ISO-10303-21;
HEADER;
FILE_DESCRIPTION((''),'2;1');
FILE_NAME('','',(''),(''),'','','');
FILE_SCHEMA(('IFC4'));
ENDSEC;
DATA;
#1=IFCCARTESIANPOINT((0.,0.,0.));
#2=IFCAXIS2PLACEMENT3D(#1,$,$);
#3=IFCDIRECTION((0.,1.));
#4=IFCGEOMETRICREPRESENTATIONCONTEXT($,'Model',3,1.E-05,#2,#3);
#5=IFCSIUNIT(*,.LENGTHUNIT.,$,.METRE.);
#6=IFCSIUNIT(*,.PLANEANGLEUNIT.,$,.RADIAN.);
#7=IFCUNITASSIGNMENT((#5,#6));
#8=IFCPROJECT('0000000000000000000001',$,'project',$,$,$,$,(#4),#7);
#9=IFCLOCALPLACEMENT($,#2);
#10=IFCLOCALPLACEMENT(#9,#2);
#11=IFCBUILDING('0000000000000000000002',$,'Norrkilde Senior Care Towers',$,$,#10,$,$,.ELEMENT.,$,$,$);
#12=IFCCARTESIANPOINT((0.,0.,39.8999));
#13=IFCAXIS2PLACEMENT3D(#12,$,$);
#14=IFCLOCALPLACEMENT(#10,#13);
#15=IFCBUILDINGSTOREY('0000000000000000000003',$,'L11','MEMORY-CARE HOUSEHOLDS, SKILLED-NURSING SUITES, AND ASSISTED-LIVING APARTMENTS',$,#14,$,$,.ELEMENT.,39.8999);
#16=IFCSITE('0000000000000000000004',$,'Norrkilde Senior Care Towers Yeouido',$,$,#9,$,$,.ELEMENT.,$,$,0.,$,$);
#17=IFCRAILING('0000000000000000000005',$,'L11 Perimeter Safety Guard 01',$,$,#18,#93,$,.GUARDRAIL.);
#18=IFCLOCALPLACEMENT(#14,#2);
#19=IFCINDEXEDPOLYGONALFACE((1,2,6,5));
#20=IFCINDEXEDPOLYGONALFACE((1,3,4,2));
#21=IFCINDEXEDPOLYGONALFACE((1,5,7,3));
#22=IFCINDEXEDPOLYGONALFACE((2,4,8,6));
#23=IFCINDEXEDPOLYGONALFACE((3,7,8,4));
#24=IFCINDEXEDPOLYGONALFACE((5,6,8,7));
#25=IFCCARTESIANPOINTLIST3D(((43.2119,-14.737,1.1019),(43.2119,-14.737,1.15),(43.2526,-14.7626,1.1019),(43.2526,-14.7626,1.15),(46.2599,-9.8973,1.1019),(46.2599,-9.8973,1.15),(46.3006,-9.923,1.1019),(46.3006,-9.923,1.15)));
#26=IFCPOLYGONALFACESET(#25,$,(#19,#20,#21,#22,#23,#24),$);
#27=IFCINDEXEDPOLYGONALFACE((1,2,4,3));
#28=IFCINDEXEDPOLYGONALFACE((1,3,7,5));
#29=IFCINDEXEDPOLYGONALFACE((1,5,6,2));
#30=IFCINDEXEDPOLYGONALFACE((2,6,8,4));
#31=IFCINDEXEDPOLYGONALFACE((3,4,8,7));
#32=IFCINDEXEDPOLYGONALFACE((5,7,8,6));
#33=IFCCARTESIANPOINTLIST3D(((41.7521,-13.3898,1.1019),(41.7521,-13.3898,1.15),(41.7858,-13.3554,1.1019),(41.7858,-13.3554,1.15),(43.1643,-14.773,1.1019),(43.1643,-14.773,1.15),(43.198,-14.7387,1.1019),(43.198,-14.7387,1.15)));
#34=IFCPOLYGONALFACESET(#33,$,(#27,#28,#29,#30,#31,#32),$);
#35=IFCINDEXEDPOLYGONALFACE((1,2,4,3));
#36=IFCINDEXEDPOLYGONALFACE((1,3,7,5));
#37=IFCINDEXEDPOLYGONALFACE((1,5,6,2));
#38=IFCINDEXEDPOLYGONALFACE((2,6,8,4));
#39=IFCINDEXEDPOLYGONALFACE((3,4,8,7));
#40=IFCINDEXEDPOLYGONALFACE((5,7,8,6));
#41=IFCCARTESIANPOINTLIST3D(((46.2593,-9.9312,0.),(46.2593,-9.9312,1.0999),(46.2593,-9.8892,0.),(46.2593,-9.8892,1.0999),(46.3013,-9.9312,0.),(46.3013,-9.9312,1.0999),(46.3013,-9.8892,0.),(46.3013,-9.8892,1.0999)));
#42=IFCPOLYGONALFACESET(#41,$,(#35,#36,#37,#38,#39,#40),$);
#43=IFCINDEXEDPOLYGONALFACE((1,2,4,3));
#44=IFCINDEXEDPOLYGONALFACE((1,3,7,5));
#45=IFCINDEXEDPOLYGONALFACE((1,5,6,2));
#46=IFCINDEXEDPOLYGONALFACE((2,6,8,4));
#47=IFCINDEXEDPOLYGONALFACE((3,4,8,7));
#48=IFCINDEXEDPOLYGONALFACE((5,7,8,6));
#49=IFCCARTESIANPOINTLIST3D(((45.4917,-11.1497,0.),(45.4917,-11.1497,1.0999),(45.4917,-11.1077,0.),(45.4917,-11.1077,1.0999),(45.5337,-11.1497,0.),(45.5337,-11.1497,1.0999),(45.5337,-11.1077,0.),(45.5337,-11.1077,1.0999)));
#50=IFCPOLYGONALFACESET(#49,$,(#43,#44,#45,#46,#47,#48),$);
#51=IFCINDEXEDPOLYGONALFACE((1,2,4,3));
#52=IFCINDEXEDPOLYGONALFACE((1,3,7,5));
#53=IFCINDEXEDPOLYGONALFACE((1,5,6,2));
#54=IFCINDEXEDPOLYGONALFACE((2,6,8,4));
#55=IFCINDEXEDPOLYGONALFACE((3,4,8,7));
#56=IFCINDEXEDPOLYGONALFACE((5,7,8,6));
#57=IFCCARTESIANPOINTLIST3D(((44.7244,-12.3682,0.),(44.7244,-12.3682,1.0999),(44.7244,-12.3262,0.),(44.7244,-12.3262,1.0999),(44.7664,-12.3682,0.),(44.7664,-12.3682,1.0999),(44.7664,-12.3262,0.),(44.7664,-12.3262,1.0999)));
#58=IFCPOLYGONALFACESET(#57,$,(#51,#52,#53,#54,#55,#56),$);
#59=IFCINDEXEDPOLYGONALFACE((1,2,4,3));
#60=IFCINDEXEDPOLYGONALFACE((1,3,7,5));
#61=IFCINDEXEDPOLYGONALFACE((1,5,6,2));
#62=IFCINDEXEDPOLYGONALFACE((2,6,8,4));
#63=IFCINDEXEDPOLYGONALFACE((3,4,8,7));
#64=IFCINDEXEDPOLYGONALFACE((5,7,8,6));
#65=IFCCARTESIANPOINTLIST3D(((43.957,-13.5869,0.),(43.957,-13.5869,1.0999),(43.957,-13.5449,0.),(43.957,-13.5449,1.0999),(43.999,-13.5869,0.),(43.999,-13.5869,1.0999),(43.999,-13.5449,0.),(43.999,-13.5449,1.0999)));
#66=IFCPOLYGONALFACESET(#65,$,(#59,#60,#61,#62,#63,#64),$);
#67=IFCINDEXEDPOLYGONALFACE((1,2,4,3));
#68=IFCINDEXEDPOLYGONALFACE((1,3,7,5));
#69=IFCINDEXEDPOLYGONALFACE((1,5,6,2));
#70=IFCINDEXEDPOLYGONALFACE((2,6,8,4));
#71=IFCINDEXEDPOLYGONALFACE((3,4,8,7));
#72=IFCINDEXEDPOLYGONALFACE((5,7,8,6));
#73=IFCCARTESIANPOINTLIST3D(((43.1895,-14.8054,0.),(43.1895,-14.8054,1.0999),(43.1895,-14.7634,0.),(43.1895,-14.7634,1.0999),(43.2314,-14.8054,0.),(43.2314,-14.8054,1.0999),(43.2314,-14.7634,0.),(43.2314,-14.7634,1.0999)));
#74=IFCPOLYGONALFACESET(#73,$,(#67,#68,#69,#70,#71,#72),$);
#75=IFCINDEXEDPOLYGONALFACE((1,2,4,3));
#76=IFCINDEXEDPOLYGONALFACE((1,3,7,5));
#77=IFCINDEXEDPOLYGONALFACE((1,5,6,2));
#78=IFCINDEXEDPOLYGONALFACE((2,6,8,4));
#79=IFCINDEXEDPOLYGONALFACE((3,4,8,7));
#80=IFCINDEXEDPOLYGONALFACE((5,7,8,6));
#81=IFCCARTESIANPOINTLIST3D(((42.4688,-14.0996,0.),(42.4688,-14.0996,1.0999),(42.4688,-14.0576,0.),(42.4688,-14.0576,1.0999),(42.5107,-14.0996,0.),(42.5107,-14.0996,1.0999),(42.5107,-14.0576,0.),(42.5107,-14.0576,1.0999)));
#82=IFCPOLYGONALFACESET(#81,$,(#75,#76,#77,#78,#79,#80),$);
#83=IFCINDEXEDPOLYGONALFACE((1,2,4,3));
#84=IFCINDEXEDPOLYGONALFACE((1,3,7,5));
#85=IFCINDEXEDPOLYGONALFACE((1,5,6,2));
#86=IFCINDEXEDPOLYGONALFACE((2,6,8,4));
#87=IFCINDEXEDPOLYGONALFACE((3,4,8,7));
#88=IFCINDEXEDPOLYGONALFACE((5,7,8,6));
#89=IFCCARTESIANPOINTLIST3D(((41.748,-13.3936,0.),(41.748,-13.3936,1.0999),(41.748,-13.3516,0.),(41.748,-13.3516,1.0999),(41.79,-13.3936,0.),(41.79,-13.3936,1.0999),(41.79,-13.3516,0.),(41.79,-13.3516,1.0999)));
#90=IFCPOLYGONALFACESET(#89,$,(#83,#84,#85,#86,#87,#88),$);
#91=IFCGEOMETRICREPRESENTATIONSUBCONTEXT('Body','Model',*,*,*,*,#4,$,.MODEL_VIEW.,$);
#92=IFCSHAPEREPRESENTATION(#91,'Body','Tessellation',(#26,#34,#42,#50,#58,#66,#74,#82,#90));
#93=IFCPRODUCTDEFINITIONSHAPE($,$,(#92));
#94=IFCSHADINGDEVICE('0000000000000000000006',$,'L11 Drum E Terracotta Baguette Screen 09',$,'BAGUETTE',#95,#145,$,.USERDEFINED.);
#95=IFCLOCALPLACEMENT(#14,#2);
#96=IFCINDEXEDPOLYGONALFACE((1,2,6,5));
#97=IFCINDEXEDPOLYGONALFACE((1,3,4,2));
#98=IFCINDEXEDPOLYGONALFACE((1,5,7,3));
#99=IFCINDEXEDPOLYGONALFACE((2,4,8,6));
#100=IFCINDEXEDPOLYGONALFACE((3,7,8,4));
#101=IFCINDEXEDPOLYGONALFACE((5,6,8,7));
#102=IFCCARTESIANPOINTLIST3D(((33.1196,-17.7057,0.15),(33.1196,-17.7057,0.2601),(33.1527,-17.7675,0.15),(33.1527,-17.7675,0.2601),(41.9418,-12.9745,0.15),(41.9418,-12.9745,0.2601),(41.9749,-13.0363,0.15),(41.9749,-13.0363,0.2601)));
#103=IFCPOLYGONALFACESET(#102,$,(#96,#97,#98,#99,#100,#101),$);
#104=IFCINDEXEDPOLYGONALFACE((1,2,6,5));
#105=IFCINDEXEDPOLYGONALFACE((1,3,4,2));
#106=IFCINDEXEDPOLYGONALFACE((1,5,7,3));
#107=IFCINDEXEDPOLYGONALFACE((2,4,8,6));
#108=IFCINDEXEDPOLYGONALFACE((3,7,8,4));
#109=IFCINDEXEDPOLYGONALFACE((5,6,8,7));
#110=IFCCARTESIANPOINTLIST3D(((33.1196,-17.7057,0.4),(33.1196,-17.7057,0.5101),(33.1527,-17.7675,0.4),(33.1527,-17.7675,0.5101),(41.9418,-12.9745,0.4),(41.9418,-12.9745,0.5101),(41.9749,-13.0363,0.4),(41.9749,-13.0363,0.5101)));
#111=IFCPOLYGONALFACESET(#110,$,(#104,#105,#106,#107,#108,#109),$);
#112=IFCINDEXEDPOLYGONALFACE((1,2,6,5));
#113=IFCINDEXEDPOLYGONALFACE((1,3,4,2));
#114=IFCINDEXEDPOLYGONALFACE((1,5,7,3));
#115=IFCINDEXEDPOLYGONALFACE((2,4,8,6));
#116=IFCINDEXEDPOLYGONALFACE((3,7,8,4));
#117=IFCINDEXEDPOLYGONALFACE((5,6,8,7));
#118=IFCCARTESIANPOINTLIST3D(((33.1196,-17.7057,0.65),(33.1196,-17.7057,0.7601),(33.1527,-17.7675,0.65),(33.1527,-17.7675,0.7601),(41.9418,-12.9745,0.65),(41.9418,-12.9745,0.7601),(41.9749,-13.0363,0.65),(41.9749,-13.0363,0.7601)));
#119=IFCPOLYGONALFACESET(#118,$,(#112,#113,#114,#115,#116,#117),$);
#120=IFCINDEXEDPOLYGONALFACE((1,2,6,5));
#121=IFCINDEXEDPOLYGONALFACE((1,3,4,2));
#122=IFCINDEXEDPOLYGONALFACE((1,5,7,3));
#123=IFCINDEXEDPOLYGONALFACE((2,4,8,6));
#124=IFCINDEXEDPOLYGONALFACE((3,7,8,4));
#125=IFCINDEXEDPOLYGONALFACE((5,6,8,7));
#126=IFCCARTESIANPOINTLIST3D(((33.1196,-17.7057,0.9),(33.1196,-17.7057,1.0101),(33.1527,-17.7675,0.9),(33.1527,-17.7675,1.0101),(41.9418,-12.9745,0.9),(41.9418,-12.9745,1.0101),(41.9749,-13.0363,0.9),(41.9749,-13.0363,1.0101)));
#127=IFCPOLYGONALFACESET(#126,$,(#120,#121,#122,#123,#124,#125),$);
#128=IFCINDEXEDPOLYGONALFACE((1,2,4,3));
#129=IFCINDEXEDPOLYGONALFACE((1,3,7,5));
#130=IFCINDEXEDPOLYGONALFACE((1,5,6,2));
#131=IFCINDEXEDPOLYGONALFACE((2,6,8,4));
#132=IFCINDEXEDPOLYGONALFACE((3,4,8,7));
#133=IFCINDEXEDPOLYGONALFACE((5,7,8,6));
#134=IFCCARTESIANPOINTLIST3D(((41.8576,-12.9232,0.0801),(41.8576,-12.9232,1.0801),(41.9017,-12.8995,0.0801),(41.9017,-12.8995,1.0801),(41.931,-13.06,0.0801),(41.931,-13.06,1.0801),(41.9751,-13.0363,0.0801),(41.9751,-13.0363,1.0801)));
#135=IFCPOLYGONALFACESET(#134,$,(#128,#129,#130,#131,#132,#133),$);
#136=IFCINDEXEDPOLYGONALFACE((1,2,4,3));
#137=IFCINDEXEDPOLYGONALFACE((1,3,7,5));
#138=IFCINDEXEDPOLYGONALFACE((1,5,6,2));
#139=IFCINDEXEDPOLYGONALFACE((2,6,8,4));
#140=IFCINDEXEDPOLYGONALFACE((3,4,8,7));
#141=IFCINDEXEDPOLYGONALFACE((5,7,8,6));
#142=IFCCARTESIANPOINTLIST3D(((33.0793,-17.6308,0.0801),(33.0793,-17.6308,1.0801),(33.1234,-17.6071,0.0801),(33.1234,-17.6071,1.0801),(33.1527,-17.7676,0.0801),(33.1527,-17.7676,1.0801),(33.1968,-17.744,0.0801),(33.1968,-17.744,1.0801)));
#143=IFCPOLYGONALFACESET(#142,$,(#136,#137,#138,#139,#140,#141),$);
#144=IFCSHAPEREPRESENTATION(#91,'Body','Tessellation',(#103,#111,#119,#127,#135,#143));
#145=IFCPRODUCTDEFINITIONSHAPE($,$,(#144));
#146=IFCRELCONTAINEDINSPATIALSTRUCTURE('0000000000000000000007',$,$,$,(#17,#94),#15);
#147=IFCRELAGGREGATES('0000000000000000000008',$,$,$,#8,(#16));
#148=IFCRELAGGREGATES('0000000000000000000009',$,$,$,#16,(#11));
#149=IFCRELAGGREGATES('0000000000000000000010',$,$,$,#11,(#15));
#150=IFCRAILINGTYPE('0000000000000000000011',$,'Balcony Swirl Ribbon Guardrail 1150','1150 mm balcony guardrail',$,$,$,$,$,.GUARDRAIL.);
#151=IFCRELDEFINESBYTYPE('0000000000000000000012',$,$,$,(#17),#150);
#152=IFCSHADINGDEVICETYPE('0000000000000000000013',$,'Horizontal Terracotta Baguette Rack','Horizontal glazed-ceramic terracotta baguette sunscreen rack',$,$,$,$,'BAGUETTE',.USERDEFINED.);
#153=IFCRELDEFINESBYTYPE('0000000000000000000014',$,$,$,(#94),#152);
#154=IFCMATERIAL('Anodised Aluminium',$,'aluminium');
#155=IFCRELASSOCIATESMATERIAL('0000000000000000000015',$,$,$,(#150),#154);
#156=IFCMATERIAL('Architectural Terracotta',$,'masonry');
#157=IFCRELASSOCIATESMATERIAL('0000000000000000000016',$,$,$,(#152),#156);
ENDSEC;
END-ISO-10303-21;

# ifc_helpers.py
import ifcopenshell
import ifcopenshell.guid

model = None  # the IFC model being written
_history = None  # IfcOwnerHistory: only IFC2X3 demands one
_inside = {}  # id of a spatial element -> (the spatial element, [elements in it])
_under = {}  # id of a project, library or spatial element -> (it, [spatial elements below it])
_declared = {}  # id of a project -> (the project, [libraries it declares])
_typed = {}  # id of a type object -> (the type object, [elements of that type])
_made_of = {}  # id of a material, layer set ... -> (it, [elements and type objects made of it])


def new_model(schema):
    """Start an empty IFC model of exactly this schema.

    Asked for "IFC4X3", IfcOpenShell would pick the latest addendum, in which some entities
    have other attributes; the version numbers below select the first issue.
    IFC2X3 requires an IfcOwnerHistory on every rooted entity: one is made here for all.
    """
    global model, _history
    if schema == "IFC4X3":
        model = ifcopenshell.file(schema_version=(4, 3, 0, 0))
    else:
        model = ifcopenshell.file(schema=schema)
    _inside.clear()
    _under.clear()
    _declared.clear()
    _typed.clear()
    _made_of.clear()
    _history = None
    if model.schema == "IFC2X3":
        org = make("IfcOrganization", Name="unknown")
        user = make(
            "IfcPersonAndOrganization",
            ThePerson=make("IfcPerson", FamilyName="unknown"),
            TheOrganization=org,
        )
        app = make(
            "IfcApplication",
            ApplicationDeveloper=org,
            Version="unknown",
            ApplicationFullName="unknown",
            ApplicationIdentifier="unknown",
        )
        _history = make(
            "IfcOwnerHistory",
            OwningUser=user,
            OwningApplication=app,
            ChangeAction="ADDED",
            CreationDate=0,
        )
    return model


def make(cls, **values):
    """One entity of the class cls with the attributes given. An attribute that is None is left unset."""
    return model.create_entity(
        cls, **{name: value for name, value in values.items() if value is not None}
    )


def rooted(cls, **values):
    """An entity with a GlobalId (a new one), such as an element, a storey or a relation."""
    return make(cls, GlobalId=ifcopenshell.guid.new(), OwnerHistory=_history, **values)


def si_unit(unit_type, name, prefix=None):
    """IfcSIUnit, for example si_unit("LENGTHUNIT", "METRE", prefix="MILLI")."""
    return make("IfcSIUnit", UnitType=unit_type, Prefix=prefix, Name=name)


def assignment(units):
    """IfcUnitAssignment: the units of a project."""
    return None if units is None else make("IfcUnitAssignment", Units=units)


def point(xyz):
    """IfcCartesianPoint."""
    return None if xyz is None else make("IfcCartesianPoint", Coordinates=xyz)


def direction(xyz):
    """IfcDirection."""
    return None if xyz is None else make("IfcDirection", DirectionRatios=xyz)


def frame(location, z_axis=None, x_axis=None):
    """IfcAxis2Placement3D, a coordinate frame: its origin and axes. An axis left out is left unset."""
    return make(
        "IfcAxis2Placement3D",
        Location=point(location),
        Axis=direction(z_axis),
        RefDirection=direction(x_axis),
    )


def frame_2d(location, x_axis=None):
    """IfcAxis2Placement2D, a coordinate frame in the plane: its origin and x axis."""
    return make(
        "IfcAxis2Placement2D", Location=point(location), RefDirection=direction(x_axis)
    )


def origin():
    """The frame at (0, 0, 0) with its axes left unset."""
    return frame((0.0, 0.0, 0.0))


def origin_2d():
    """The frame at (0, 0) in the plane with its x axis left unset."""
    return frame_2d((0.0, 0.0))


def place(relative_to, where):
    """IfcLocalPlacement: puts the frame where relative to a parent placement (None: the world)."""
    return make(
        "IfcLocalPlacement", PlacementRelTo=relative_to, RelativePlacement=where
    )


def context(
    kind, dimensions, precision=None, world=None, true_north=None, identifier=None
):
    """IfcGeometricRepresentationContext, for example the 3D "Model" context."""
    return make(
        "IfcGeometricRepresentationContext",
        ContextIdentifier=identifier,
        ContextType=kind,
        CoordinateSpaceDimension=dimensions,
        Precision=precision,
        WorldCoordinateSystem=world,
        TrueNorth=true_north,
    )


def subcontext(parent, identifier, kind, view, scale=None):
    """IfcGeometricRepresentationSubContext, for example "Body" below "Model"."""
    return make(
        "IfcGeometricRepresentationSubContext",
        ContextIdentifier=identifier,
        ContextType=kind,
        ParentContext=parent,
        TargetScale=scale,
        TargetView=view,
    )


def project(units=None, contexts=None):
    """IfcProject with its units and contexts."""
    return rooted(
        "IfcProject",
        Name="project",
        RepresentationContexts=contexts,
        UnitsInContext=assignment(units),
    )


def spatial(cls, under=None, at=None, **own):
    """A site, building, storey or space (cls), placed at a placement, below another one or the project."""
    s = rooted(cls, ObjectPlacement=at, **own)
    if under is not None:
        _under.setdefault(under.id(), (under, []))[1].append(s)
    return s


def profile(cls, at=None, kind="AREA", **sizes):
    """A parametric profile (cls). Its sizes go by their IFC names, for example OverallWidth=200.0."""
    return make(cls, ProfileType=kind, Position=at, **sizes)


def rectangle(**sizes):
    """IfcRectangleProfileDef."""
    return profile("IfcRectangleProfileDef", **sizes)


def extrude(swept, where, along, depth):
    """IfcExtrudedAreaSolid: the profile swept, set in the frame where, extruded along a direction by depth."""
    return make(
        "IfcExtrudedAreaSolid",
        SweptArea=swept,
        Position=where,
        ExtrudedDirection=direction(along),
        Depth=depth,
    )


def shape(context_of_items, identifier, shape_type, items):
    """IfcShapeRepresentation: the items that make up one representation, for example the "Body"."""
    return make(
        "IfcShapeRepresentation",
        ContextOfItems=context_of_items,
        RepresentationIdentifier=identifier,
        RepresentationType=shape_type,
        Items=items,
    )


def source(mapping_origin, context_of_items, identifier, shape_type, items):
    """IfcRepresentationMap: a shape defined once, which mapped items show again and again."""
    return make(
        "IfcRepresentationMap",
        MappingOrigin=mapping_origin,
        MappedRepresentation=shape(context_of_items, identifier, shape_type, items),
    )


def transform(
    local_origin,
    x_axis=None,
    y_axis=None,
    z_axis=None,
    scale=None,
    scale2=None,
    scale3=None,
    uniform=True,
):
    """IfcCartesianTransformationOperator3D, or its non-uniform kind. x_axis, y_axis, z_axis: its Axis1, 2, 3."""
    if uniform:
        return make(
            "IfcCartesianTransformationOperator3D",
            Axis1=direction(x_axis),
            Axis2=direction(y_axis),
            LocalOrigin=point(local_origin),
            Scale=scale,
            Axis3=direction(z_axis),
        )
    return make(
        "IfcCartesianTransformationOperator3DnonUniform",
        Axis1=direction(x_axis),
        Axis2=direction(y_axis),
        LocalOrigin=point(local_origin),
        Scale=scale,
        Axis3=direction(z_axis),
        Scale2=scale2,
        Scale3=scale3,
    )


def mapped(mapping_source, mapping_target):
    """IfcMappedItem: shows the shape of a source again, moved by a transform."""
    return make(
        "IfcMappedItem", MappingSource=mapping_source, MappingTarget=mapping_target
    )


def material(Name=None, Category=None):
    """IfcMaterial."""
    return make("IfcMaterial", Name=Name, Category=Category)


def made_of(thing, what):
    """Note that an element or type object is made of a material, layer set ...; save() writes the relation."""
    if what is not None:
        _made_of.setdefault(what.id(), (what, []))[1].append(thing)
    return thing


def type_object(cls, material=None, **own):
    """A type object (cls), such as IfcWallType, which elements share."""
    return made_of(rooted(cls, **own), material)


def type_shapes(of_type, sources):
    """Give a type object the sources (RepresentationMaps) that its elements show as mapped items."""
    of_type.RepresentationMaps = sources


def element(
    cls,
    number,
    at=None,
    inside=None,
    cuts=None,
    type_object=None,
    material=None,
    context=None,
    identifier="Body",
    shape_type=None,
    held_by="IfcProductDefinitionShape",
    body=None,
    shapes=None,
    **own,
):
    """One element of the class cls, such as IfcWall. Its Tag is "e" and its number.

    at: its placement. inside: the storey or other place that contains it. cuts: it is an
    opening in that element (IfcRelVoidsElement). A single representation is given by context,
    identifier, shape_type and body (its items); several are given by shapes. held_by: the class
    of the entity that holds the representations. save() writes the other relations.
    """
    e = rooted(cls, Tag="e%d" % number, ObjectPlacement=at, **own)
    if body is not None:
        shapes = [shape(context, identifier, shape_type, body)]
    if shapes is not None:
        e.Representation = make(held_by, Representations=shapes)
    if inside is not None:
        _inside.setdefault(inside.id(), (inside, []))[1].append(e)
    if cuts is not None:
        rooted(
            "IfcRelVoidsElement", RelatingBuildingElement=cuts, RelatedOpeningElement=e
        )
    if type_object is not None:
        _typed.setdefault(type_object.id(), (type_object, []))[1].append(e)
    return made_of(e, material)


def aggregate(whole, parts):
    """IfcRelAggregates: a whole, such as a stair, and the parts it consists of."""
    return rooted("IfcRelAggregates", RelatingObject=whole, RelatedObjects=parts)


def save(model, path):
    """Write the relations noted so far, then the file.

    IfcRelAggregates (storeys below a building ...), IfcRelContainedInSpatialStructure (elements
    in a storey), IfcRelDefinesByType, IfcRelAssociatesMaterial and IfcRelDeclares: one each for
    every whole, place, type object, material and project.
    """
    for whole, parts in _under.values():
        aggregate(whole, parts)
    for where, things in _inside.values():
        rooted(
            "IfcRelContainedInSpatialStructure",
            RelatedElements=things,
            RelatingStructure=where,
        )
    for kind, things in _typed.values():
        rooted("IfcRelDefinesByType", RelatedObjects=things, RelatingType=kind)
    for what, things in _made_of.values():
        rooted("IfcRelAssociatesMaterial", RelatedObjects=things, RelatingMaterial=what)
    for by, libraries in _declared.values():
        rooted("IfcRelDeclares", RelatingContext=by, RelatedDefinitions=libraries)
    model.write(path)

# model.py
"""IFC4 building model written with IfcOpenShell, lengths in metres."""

from ifc_helpers import new_model, si_unit, direction, frame, origin, origin_2d, place, context, subcontext, project, spatial, rectangle, extrude, source, transform, mapped, material, type_object, type_shapes, element, save


model = new_model("IFC4")

# Units and contexts
model_context = context("Model", 3, precision=1e-05, world=origin(), true_north=direction((0.0, 1.0)))
body_context = subcontext(model_context, "Body", "Model", "MODEL_VIEW")
ifc_project = project(units=[si_unit("LENGTHUNIT", "METRE"), si_unit("PLANEANGLEUNIT", "RADIAN")], contexts=[model_context])

# Site, building, storey
site_placement = place(None, origin())
site = spatial("IfcSite", under=ifc_project, at=site_placement, Name="Norrkilde Senior Care Towers Yeouido", CompositionType="ELEMENT", RefElevation=0.0)
building_placement = place(site_placement, origin())
building = spatial("IfcBuilding", under=site, at=building_placement, Name="Norrkilde Senior Care Towers", CompositionType="ELEMENT")
storey_placement = place(building_placement, frame((0.0, 0.0, 39.8999)))
storey = spatial("IfcBuildingStorey", under=building, at=storey_placement, Name="L11", Description="MEMORY-CARE HOUSEHOLDS, SKILLED-NURSING SUITES, AND ASSISTED-LIVING APARTMENTS", CompositionType="ELEMENT", Elevation=39.8999)

# Shared definitions
ifc_material_1 = material(Name="Anodised Aluminium", Category="aluminium")

# Railing
railing_type = type_object("IfcRailingType", Name="Balcony Swirl Ribbon Guardrail 1150", Description="1150 mm balcony guardrail", PredefinedType="GUARDRAIL", material=ifc_material_1)
railing_placement = place(storey_placement, frame((46.2803, -9.9102, 0.0)))
element("IfcRailing", 1, at=railing_placement, inside=storey, type_object=railing_type, Name="L11 Perimeter Safety Guard 01", PredefinedType="GUARDRAIL", context=body_context, shape_type="SweptSolid", body=[
    extrude(rectangle(XDim=0.0481, YDim=0.0481, at=origin_2d()), frame((0.0, 0.0, 1.126), z_axis=(-0.532918, -0.846167, 0.0), x_axis=(0.846167, -0.532918, 0.0)), (0.0, 0.0, 1.0), 5.7195),
    extrude(rectangle(XDim=0.0481, YDim=0.0481, at=origin_2d()), frame((-3.0991, -4.8457, 1.126), z_axis=(-0.714389, 0.699748, 0.0), x_axis=(-0.699748, -0.714389, 0.0)), (0.0, 0.0, 1.0), 1.9768),
    extrude(rectangle(XDim=0.042, YDim=0.042, at=origin_2d()), origin(), (0.0, 0.0, 1.0), 1.0999),
    extrude(rectangle(XDim=0.042, YDim=0.042, at=origin_2d()), frame((-0.7676, -1.2185, 0.0)), (0.0, 0.0, 1.0), 1.0999),
    extrude(rectangle(XDim=0.042, YDim=0.042, at=origin_2d()), frame((-1.5349, -2.437, 0.0)), (0.0, 0.0, 1.0), 1.0999),
    extrude(rectangle(XDim=0.042, YDim=0.042, at=origin_2d()), frame((-2.3022, -3.6558, 0.0)), (0.0, 0.0, 1.0), 1.0999),
    extrude(rectangle(XDim=0.042, YDim=0.042, at=origin_2d()), frame((-3.0698, -4.8743, 0.0)), (0.0, 0.0, 1.0), 1.0999),
    extrude(rectangle(XDim=0.042, YDim=0.042, at=origin_2d()), frame((-3.7905, -4.1685, 0.0)), (0.0, 0.0, 1.0), 1.0999),
    extrude(rectangle(XDim=0.042, YDim=0.042, at=origin_2d()), frame((-4.5112, -3.4624, 0.0)), (0.0, 0.0, 1.0), 1.0999),
])

# Shading device
ifc_material_2 = material(Name="Architectural Terracotta", Category="masonry")
shading_device_type = type_object("IfcShadingDeviceType", Name="Horizontal Terracotta Baguette Rack", Description="Horizontal glazed-ceramic terracotta baguette sunscreen rack", ElementType="BAGUETTE", PredefinedType="USERDEFINED", material=ifc_material_2)
shared_shape_1 = source(origin(), body_context, "Body", "SweptSolid", [
    extrude(rectangle(XDim=0.0701, YDim=0.1101, at=origin_2d()), frame((0.0, 0.0901, 0.125), z_axis=(1.0, 0.0, 0.0), x_axis=(0.0, 1.0, 0.0)), (0.0, 0.0, 1.0), 10.0107),
    extrude(rectangle(XDim=0.0701, YDim=0.1101, at=origin_2d()), frame((0.0, 0.0901, 0.375), z_axis=(1.0, 0.0, 0.0), x_axis=(0.0, 1.0, 0.0)), (0.0, 0.0, 1.0), 10.0107),
    extrude(rectangle(XDim=0.0701, YDim=0.1101, at=origin_2d()), frame((0.0, 0.0901, 0.625), z_axis=(1.0, 0.0, 0.0), x_axis=(0.0, 1.0, 0.0)), (0.0, 0.0, 1.0), 10.0107),
    extrude(rectangle(XDim=0.0701, YDim=0.1101, at=origin_2d()), frame((0.0, 0.0901, 0.875), z_axis=(1.0, 0.0, 0.0), x_axis=(0.0, 1.0, 0.0)), (0.0, 0.0, 1.0), 10.0107),
    extrude(rectangle(XDim=0.05, YDim=0.1553, at=origin_2d()), frame((0.0249, 0.0476, 0.0)), (0.0, 0.0, 1.0), 1.0),
    extrude(rectangle(XDim=0.05, YDim=0.1553, at=origin_2d()), frame((9.9858, 0.0476, 0.0)), (0.0, 0.0, 1.0), 1.0),
])
type_shapes(shading_device_type, [shared_shape_1])
shading_device_placement = place(storey_placement, frame((41.9158, -12.926, 0.0801), z_axis=(0.0, 0.0, 1.0), x_axis=(-0.88128, -0.472612, 0.0)))
element("IfcShadingDevice", 2, at=shading_device_placement, inside=storey, type_object=shading_device_type, Name="L11 Drum E Terracotta Baguette Screen 09", ObjectType="BAGUETTE", PredefinedType="USERDEFINED", context=body_context, shape_type="MappedRepresentation", body=[
    mapped(shared_shape_1, transform((0.0, 0.0, 0.0), x_axis=(1.0, 0.0, 0.0), y_axis=(0.0, 1.0, 0.0), z_axis=(0.0, 0.0, 1.0), scale=1.0)),
])

save(model, "model.ifc")
